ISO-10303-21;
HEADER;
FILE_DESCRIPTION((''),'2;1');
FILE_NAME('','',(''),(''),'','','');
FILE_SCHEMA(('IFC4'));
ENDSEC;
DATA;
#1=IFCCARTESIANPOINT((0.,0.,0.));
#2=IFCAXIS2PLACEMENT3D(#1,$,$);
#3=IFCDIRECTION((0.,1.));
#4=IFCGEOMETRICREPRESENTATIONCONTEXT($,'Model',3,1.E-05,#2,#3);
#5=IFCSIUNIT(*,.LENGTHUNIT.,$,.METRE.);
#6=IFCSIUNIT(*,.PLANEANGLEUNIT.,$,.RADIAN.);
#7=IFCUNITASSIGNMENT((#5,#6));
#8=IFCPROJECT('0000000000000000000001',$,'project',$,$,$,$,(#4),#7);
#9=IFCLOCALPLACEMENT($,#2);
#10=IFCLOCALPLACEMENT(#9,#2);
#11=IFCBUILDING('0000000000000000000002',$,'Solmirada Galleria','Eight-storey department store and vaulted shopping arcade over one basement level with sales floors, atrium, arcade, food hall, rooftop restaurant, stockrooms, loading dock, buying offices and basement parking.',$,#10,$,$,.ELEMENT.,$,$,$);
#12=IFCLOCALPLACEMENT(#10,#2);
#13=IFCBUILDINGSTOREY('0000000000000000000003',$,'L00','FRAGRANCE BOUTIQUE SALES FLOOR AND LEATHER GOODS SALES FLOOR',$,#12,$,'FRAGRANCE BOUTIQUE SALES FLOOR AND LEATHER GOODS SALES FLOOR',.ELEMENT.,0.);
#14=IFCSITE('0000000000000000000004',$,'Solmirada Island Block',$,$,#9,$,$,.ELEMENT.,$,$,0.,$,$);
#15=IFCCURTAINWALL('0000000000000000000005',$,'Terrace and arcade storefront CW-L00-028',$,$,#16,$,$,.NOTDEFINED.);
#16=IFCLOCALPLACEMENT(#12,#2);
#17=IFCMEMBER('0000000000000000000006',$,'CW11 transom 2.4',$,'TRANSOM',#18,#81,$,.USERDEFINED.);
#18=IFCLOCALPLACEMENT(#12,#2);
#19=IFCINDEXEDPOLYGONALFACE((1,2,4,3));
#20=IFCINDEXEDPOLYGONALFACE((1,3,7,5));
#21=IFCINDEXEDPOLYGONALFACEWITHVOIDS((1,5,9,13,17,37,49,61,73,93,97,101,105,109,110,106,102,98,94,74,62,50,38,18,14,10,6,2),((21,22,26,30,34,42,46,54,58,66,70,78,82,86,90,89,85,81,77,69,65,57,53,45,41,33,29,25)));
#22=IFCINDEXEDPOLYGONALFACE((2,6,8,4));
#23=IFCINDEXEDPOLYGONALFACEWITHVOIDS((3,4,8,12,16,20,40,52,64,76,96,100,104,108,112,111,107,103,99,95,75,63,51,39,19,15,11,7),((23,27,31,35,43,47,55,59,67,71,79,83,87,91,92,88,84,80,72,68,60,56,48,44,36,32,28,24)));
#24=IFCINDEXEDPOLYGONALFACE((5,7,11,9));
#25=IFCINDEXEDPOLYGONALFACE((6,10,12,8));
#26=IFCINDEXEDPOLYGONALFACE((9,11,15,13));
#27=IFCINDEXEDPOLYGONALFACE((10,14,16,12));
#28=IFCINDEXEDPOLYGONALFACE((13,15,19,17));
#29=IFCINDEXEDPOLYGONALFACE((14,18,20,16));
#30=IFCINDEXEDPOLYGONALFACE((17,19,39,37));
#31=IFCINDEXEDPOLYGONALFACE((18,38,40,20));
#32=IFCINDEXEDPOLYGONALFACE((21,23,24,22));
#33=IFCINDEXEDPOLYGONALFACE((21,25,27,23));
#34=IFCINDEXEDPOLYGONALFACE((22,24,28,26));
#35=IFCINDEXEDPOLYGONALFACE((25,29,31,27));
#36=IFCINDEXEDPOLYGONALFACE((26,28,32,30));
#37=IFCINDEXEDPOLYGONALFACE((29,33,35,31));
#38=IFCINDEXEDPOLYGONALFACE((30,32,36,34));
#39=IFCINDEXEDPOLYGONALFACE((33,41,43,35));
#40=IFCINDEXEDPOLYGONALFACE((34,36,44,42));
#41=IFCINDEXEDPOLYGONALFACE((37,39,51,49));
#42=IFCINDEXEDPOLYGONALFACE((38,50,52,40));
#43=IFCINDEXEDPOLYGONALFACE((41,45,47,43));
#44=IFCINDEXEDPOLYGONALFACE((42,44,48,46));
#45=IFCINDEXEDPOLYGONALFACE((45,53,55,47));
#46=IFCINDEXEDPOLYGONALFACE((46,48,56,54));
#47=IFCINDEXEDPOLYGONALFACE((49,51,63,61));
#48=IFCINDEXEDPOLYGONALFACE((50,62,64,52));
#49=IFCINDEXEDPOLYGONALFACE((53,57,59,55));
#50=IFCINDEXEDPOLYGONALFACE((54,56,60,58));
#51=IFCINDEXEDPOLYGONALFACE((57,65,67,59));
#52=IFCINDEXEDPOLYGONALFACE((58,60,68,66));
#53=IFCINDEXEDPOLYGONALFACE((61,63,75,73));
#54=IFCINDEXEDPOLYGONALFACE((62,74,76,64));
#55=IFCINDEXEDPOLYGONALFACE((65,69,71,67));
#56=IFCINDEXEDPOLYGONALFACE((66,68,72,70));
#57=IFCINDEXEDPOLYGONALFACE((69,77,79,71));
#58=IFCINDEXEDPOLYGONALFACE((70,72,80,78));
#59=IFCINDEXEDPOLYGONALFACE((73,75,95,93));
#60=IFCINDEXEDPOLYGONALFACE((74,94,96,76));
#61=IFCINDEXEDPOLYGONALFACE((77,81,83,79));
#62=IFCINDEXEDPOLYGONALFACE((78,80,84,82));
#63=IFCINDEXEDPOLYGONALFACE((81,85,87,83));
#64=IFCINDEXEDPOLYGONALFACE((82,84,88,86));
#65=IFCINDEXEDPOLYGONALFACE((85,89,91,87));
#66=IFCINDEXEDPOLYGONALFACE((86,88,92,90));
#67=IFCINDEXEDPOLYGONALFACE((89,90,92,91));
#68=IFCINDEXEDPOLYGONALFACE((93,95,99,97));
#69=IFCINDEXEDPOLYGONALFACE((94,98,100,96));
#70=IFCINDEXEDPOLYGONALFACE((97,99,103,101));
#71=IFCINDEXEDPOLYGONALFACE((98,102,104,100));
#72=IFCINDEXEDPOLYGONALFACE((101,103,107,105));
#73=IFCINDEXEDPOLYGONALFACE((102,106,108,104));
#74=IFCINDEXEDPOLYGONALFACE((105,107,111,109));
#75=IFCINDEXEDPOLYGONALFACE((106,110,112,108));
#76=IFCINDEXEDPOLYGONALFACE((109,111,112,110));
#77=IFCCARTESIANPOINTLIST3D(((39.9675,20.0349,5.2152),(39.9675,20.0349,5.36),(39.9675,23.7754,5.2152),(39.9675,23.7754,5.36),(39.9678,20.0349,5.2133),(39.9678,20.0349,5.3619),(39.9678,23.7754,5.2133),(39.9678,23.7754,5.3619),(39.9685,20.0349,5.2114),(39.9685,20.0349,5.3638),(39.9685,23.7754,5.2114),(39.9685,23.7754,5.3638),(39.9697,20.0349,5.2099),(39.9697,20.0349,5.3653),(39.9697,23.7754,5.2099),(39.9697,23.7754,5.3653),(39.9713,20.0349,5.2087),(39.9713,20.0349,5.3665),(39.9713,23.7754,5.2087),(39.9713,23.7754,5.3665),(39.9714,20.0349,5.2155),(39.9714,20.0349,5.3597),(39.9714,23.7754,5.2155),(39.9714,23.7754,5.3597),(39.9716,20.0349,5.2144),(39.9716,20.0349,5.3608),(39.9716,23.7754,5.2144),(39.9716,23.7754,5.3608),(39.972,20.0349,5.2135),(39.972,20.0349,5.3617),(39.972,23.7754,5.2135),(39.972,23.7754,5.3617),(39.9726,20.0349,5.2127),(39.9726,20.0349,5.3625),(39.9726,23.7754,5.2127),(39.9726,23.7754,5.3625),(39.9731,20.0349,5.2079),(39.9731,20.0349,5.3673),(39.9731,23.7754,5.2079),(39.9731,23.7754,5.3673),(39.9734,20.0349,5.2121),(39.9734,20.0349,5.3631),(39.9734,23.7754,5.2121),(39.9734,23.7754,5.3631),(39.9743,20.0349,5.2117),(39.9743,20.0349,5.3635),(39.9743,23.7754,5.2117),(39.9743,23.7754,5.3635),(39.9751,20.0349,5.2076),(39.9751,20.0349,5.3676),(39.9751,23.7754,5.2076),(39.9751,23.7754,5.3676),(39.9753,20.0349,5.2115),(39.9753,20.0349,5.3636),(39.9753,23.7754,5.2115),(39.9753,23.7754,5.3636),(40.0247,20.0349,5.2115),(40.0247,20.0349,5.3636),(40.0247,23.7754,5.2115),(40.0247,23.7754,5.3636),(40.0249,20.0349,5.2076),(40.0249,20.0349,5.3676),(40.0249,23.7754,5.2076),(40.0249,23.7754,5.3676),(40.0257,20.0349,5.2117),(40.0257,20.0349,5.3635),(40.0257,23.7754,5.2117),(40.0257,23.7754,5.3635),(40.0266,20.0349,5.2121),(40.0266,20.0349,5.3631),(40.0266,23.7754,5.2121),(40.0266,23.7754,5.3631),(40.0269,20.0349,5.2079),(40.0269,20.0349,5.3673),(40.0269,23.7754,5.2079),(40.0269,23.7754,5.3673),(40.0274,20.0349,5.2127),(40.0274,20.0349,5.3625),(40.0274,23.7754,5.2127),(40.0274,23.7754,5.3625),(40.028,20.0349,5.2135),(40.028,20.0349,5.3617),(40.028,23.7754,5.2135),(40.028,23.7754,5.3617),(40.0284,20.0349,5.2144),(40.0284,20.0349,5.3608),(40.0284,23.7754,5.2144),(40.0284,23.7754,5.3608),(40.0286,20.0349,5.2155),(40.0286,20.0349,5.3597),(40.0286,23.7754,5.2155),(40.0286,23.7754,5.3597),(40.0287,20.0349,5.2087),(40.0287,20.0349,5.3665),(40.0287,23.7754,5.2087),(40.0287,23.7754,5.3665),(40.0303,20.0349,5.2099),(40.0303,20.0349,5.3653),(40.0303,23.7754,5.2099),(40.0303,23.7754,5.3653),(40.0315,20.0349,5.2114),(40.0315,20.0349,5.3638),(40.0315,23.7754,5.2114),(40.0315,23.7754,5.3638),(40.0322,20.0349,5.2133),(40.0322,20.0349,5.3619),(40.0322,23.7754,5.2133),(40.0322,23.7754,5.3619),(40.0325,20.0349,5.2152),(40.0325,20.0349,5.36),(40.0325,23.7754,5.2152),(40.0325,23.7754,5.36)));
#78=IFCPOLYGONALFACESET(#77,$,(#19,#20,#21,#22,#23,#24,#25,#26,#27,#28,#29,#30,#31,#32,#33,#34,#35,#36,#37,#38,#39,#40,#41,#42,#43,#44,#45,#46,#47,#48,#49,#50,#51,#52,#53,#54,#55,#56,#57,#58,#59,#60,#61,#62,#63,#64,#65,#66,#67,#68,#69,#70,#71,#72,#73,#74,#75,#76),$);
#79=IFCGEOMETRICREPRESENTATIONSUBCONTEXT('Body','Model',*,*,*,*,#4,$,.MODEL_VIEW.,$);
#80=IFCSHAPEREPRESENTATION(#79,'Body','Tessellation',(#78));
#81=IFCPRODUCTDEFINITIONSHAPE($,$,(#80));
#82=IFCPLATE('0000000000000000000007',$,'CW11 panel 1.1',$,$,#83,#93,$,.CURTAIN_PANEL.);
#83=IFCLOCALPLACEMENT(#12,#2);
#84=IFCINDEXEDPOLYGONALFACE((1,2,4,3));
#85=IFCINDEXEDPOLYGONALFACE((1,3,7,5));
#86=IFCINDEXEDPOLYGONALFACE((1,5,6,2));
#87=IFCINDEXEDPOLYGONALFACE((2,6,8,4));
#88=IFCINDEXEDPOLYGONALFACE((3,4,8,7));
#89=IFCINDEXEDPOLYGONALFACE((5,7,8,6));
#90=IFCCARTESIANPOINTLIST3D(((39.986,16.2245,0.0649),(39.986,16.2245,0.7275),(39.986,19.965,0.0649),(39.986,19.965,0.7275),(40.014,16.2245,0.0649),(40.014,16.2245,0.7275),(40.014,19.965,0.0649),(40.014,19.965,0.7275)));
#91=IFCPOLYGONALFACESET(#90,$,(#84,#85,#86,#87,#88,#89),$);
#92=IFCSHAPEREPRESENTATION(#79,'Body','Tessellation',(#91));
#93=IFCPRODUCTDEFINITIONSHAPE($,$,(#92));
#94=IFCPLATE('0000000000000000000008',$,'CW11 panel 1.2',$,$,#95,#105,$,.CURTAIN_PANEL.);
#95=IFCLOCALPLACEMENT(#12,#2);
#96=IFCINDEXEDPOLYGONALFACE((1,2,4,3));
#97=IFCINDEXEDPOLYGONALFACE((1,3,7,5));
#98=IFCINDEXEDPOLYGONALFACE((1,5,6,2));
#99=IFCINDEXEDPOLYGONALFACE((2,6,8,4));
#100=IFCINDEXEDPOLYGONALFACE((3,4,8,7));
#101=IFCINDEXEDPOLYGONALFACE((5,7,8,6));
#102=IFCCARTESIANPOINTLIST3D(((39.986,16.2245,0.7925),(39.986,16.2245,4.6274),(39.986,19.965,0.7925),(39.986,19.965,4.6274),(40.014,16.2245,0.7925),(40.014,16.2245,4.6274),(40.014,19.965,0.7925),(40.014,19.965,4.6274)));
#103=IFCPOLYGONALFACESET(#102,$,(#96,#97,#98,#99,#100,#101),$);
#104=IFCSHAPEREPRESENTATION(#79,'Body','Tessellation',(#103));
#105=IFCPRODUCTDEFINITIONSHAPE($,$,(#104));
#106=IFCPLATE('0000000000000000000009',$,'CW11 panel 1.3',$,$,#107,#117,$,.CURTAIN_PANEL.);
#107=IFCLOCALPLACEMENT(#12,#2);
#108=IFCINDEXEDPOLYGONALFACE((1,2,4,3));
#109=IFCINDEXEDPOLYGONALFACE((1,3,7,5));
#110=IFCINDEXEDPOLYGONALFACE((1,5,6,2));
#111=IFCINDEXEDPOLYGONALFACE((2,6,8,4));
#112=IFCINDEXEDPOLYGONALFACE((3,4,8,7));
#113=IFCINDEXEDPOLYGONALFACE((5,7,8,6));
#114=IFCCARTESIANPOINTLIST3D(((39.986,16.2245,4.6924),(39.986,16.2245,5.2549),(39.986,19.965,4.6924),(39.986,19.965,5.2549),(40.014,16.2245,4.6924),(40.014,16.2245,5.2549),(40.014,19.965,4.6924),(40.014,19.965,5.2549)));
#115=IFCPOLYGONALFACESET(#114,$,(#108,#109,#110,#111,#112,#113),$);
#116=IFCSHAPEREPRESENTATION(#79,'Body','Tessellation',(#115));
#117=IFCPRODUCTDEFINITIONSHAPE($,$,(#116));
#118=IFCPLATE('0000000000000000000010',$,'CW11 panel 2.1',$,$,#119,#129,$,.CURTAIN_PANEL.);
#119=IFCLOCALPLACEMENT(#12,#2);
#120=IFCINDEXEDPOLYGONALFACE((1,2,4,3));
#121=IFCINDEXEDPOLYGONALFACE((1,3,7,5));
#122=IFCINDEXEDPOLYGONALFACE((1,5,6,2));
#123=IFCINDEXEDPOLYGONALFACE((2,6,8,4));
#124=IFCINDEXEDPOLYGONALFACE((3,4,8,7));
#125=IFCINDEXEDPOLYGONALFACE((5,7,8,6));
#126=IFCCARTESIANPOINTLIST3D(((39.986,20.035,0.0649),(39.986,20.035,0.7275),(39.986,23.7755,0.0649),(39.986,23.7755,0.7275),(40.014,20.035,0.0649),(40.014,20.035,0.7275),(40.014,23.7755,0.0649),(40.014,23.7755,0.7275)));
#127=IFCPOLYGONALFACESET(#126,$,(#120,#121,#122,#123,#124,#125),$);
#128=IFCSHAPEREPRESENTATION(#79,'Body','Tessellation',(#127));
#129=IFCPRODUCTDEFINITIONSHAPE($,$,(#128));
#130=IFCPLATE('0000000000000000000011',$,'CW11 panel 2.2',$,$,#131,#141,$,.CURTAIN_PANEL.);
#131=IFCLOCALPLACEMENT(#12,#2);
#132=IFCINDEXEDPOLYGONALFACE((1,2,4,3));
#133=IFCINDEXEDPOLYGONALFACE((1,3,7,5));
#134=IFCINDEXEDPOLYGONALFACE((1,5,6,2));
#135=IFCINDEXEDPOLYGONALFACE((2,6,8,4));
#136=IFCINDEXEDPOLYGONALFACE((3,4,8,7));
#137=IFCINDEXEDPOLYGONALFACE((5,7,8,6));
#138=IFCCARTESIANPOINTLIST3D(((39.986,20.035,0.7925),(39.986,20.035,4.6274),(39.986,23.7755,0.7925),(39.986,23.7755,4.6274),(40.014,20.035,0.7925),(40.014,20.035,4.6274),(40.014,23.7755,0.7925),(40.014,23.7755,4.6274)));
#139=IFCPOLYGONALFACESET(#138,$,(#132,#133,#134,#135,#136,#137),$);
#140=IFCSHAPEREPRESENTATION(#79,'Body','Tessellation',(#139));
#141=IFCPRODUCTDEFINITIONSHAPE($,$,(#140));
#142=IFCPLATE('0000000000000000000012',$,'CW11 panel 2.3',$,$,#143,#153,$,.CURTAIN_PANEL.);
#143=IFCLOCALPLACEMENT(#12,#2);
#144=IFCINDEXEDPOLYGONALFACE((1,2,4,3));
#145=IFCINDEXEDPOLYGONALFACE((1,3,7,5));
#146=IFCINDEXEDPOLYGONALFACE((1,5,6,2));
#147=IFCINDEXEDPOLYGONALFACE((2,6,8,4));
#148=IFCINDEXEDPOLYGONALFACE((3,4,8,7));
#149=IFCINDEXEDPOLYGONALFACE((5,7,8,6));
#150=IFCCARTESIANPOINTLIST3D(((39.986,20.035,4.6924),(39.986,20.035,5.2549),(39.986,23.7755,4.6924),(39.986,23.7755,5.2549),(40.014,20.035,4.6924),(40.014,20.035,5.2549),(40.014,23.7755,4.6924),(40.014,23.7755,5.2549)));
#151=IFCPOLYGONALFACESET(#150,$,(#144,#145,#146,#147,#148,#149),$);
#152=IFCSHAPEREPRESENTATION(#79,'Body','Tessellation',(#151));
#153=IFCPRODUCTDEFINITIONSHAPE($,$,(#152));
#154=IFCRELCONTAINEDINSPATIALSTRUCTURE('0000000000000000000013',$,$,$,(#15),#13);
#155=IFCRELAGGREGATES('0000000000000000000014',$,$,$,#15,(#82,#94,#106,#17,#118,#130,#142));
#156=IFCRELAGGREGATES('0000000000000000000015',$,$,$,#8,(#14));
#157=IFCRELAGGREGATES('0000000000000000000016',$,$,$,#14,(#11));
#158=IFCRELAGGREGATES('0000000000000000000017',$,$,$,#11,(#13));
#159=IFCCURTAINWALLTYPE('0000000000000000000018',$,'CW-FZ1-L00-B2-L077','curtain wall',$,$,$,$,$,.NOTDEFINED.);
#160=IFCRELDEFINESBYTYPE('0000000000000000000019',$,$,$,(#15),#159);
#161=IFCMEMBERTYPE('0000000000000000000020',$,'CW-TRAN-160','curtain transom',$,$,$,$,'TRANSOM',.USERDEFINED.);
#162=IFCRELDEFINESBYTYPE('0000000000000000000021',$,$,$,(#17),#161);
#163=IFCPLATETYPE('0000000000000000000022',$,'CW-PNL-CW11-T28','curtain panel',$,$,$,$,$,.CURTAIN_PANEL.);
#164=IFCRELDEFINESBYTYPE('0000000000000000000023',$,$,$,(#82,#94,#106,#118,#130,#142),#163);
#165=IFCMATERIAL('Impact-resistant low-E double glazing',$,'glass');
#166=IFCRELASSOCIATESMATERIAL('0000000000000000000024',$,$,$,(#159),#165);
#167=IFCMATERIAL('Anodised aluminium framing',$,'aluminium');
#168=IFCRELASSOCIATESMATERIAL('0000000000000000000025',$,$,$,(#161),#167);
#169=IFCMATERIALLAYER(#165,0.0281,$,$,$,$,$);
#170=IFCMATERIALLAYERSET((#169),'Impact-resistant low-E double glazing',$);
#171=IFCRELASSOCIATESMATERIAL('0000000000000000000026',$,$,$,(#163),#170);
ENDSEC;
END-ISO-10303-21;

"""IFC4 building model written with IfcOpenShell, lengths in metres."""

from ifc_helpers import new_model, si_unit, direction, frame, origin, origin_2d, place, context, subcontext, project, spatial, rectangle, hollow_rectangle, extrude, material, layer, layer_set, material_profile, profile_set, type_object, element, aggregate, save


model = new_model("IFC4")

# Units and contexts
model_context = context("Model", 3, precision=1e-05, world=origin(), true_north=direction((0.0, 1.0)))
body_context = subcontext(model_context, "Body", "Model", "MODEL_VIEW")
ifc_project = project(units=[si_unit("LENGTHUNIT", "METRE"), si_unit("PLANEANGLEUNIT", "RADIAN")], contexts=[model_context])

# Site, building, storey
site_placement = place(None, origin())
site = spatial("IfcSite", under=ifc_project, at=site_placement, Name="Solmirada Island Block", CompositionType="ELEMENT", RefElevation=0.0)
building_placement = place(site_placement, origin())
building = spatial("IfcBuilding", under=site, at=building_placement, Name="Solmirada Galleria", Description="Eight-storey department store and vaulted shopping arcade over one basement level with sales floors, atrium, arcade, food hall, rooftop restaurant, stockrooms, loading dock, buying offices and basement parking.", CompositionType="ELEMENT")
storey_placement = place(building_placement, origin())
storey = spatial("IfcBuildingStorey", under=building, at=storey_placement, Name="L00", Description="FRAGRANCE BOUTIQUE SALES FLOOR AND LEATHER GOODS SALES FLOOR", LongName="FRAGRANCE BOUTIQUE SALES FLOOR AND LEATHER GOODS SALES FLOOR", CompositionType="ELEMENT", Elevation=0.0)

# Curtain wall, member, plates
ifc_material_1 = material(Name="Impact-resistant low-E double glazing", Category="glass")
curtain_wall_type = type_object("IfcCurtainWallType", Name="CW-FZ1-L00-B2-L077", Description="curtain wall", PredefinedType="NOTDEFINED", material=ifc_material_1)
curtain_wall_placement = place(storey_placement, origin())
curtain_wall = element("IfcCurtainWall", 1, at=curtain_wall_placement, inside=storey, type_object=curtain_wall_type, Name="Terrace and arcade storefront CW-L00-028", PredefinedType="NOTDEFINED")
ifc_material_2 = material(Name="Anodised aluminium framing", Category="aluminium")
ifc_material_profile_1 = material_profile(ifc_material_2, hollow_rectangle(XDim=0.0649, YDim=0.1599, WallThickness=0.0039, InnerFilletRadius=0.0039, OuterFilletRadius=0.0076, at=origin_2d()), Name="ALU-TRAN-160X65")
ifc_profile_set_1 = profile_set([ifc_material_profile_1], Name="Anodised aluminium framing")
member_type_1 = type_object("IfcMemberType", Name="CW-TRAN-160", Description="curtain transom", ElementType="TRANSOM", PredefinedType="USERDEFINED", material=ifc_profile_set_1)
member_1_placement = place(storey_placement, frame((40.0, 20.0349, 5.2876), z_axis=(0.0, 1.0, 0.0), x_axis=(-1.0, 0.0, 0.0)))
member_1 = element("IfcMember", 2, at=member_1_placement, type_object=member_type_1, Name="CW11 transom 2.4", ObjectType="TRANSOM", PredefinedType="USERDEFINED", context=body_context, shape_type="SweptSolid", body=[
    extrude(hollow_rectangle(XDim=0.0649, YDim=0.1599, WallThickness=0.0039, InnerFilletRadius=0.0039, OuterFilletRadius=0.0076, at=origin_2d()), origin(), (0.0, 0.0, 1.0), 3.7405),
])
ifc_layer_1 = layer(ifc_material_1, 0.0281)
ifc_layer_set_1 = layer_set([ifc_layer_1], Name="Impact-resistant low-E double glazing")
plate_type = type_object("IfcPlateType", Name="CW-PNL-CW11-T28", Description="curtain panel", PredefinedType="CURTAIN_PANEL", material=ifc_layer_set_1)
plate_1_placement = place(storey_placement, frame((40.0, 18.0947, 0.0649), z_axis=(0.0, 0.0, 1.0), x_axis=(0.0, 1.0, 0.0)))
plate_1 = element("IfcPlate", 3, at=plate_1_placement, type_object=plate_type, Name="CW11 panel 1.1", PredefinedType="CURTAIN_PANEL", context=body_context, shape_type="SweptSolid", body=[
    extrude(rectangle(XDim=3.7405, YDim=0.0281, at=origin_2d()), origin(), (0.0, 0.0, 1.0), 0.6626),
])
plate_2_placement = place(storey_placement, frame((40.0, 18.0947, 0.7925), z_axis=(0.0, 0.0, 1.0), x_axis=(0.0, 1.0, 0.0)))
plate_2 = element("IfcPlate", 4, at=plate_2_placement, type_object=plate_type, Name="CW11 panel 1.2", PredefinedType="CURTAIN_PANEL", context=body_context, shape_type="SweptSolid", body=[
    extrude(rectangle(XDim=3.7405, YDim=0.0281, at=origin_2d()), origin(), (0.0, 0.0, 1.0), 3.835),
])
plate_3_placement = place(storey_placement, frame((40.0, 18.0947, 4.6924), z_axis=(0.0, 0.0, 1.0), x_axis=(0.0, 1.0, 0.0)))
plate_3 = element("IfcPlate", 5, at=plate_3_placement, type_object=plate_type, Name="CW11 panel 1.3", PredefinedType="CURTAIN_PANEL", context=body_context, shape_type="SweptSolid", body=[
    extrude(rectangle(XDim=3.7405, YDim=0.0281, at=origin_2d()), origin(), (0.0, 0.0, 1.0), 0.5625),
])
plate_4_placement = place(storey_placement, frame((40.0, 21.9053, 0.0649), z_axis=(0.0, 0.0, 1.0), x_axis=(0.0, 1.0, 0.0)))
plate_4 = element("IfcPlate", 6, at=plate_4_placement, type_object=plate_type, Name="CW11 panel 2.1", PredefinedType="CURTAIN_PANEL", context=body_context, shape_type="SweptSolid", body=[
    extrude(rectangle(XDim=3.7405, YDim=0.0281, at=origin_2d()), origin(), (0.0, 0.0, 1.0), 0.6626),
])
plate_5_placement = place(storey_placement, frame((40.0, 21.9053, 0.7925), z_axis=(0.0, 0.0, 1.0), x_axis=(0.0, 1.0, 0.0)))
plate_5 = element("IfcPlate", 7, at=plate_5_placement, type_object=plate_type, Name="CW11 panel 2.2", PredefinedType="CURTAIN_PANEL", context=body_context, shape_type="SweptSolid", body=[
    extrude(rectangle(XDim=3.7405, YDim=0.0281, at=origin_2d()), origin(), (0.0, 0.0, 1.0), 3.835),
])
plate_6_placement = place(storey_placement, frame((40.0, 21.9053, 4.6924), z_axis=(0.0, 0.0, 1.0), x_axis=(0.0, 1.0, 0.0)))
plate_6 = element("IfcPlate", 8, at=plate_6_placement, type_object=plate_type, Name="CW11 panel 2.3", PredefinedType="CURTAIN_PANEL", context=body_context, shape_type="SweptSolid", body=[
    extrude(rectangle(XDim=3.7405, YDim=0.0281, at=origin_2d()), origin(), (0.0, 0.0, 1.0), 0.5625),
])
aggregate(curtain_wall, [plate_1, plate_2, plate_3, member_1, plate_4, plate_5, plate_6])

save(model, "model.ifc")
